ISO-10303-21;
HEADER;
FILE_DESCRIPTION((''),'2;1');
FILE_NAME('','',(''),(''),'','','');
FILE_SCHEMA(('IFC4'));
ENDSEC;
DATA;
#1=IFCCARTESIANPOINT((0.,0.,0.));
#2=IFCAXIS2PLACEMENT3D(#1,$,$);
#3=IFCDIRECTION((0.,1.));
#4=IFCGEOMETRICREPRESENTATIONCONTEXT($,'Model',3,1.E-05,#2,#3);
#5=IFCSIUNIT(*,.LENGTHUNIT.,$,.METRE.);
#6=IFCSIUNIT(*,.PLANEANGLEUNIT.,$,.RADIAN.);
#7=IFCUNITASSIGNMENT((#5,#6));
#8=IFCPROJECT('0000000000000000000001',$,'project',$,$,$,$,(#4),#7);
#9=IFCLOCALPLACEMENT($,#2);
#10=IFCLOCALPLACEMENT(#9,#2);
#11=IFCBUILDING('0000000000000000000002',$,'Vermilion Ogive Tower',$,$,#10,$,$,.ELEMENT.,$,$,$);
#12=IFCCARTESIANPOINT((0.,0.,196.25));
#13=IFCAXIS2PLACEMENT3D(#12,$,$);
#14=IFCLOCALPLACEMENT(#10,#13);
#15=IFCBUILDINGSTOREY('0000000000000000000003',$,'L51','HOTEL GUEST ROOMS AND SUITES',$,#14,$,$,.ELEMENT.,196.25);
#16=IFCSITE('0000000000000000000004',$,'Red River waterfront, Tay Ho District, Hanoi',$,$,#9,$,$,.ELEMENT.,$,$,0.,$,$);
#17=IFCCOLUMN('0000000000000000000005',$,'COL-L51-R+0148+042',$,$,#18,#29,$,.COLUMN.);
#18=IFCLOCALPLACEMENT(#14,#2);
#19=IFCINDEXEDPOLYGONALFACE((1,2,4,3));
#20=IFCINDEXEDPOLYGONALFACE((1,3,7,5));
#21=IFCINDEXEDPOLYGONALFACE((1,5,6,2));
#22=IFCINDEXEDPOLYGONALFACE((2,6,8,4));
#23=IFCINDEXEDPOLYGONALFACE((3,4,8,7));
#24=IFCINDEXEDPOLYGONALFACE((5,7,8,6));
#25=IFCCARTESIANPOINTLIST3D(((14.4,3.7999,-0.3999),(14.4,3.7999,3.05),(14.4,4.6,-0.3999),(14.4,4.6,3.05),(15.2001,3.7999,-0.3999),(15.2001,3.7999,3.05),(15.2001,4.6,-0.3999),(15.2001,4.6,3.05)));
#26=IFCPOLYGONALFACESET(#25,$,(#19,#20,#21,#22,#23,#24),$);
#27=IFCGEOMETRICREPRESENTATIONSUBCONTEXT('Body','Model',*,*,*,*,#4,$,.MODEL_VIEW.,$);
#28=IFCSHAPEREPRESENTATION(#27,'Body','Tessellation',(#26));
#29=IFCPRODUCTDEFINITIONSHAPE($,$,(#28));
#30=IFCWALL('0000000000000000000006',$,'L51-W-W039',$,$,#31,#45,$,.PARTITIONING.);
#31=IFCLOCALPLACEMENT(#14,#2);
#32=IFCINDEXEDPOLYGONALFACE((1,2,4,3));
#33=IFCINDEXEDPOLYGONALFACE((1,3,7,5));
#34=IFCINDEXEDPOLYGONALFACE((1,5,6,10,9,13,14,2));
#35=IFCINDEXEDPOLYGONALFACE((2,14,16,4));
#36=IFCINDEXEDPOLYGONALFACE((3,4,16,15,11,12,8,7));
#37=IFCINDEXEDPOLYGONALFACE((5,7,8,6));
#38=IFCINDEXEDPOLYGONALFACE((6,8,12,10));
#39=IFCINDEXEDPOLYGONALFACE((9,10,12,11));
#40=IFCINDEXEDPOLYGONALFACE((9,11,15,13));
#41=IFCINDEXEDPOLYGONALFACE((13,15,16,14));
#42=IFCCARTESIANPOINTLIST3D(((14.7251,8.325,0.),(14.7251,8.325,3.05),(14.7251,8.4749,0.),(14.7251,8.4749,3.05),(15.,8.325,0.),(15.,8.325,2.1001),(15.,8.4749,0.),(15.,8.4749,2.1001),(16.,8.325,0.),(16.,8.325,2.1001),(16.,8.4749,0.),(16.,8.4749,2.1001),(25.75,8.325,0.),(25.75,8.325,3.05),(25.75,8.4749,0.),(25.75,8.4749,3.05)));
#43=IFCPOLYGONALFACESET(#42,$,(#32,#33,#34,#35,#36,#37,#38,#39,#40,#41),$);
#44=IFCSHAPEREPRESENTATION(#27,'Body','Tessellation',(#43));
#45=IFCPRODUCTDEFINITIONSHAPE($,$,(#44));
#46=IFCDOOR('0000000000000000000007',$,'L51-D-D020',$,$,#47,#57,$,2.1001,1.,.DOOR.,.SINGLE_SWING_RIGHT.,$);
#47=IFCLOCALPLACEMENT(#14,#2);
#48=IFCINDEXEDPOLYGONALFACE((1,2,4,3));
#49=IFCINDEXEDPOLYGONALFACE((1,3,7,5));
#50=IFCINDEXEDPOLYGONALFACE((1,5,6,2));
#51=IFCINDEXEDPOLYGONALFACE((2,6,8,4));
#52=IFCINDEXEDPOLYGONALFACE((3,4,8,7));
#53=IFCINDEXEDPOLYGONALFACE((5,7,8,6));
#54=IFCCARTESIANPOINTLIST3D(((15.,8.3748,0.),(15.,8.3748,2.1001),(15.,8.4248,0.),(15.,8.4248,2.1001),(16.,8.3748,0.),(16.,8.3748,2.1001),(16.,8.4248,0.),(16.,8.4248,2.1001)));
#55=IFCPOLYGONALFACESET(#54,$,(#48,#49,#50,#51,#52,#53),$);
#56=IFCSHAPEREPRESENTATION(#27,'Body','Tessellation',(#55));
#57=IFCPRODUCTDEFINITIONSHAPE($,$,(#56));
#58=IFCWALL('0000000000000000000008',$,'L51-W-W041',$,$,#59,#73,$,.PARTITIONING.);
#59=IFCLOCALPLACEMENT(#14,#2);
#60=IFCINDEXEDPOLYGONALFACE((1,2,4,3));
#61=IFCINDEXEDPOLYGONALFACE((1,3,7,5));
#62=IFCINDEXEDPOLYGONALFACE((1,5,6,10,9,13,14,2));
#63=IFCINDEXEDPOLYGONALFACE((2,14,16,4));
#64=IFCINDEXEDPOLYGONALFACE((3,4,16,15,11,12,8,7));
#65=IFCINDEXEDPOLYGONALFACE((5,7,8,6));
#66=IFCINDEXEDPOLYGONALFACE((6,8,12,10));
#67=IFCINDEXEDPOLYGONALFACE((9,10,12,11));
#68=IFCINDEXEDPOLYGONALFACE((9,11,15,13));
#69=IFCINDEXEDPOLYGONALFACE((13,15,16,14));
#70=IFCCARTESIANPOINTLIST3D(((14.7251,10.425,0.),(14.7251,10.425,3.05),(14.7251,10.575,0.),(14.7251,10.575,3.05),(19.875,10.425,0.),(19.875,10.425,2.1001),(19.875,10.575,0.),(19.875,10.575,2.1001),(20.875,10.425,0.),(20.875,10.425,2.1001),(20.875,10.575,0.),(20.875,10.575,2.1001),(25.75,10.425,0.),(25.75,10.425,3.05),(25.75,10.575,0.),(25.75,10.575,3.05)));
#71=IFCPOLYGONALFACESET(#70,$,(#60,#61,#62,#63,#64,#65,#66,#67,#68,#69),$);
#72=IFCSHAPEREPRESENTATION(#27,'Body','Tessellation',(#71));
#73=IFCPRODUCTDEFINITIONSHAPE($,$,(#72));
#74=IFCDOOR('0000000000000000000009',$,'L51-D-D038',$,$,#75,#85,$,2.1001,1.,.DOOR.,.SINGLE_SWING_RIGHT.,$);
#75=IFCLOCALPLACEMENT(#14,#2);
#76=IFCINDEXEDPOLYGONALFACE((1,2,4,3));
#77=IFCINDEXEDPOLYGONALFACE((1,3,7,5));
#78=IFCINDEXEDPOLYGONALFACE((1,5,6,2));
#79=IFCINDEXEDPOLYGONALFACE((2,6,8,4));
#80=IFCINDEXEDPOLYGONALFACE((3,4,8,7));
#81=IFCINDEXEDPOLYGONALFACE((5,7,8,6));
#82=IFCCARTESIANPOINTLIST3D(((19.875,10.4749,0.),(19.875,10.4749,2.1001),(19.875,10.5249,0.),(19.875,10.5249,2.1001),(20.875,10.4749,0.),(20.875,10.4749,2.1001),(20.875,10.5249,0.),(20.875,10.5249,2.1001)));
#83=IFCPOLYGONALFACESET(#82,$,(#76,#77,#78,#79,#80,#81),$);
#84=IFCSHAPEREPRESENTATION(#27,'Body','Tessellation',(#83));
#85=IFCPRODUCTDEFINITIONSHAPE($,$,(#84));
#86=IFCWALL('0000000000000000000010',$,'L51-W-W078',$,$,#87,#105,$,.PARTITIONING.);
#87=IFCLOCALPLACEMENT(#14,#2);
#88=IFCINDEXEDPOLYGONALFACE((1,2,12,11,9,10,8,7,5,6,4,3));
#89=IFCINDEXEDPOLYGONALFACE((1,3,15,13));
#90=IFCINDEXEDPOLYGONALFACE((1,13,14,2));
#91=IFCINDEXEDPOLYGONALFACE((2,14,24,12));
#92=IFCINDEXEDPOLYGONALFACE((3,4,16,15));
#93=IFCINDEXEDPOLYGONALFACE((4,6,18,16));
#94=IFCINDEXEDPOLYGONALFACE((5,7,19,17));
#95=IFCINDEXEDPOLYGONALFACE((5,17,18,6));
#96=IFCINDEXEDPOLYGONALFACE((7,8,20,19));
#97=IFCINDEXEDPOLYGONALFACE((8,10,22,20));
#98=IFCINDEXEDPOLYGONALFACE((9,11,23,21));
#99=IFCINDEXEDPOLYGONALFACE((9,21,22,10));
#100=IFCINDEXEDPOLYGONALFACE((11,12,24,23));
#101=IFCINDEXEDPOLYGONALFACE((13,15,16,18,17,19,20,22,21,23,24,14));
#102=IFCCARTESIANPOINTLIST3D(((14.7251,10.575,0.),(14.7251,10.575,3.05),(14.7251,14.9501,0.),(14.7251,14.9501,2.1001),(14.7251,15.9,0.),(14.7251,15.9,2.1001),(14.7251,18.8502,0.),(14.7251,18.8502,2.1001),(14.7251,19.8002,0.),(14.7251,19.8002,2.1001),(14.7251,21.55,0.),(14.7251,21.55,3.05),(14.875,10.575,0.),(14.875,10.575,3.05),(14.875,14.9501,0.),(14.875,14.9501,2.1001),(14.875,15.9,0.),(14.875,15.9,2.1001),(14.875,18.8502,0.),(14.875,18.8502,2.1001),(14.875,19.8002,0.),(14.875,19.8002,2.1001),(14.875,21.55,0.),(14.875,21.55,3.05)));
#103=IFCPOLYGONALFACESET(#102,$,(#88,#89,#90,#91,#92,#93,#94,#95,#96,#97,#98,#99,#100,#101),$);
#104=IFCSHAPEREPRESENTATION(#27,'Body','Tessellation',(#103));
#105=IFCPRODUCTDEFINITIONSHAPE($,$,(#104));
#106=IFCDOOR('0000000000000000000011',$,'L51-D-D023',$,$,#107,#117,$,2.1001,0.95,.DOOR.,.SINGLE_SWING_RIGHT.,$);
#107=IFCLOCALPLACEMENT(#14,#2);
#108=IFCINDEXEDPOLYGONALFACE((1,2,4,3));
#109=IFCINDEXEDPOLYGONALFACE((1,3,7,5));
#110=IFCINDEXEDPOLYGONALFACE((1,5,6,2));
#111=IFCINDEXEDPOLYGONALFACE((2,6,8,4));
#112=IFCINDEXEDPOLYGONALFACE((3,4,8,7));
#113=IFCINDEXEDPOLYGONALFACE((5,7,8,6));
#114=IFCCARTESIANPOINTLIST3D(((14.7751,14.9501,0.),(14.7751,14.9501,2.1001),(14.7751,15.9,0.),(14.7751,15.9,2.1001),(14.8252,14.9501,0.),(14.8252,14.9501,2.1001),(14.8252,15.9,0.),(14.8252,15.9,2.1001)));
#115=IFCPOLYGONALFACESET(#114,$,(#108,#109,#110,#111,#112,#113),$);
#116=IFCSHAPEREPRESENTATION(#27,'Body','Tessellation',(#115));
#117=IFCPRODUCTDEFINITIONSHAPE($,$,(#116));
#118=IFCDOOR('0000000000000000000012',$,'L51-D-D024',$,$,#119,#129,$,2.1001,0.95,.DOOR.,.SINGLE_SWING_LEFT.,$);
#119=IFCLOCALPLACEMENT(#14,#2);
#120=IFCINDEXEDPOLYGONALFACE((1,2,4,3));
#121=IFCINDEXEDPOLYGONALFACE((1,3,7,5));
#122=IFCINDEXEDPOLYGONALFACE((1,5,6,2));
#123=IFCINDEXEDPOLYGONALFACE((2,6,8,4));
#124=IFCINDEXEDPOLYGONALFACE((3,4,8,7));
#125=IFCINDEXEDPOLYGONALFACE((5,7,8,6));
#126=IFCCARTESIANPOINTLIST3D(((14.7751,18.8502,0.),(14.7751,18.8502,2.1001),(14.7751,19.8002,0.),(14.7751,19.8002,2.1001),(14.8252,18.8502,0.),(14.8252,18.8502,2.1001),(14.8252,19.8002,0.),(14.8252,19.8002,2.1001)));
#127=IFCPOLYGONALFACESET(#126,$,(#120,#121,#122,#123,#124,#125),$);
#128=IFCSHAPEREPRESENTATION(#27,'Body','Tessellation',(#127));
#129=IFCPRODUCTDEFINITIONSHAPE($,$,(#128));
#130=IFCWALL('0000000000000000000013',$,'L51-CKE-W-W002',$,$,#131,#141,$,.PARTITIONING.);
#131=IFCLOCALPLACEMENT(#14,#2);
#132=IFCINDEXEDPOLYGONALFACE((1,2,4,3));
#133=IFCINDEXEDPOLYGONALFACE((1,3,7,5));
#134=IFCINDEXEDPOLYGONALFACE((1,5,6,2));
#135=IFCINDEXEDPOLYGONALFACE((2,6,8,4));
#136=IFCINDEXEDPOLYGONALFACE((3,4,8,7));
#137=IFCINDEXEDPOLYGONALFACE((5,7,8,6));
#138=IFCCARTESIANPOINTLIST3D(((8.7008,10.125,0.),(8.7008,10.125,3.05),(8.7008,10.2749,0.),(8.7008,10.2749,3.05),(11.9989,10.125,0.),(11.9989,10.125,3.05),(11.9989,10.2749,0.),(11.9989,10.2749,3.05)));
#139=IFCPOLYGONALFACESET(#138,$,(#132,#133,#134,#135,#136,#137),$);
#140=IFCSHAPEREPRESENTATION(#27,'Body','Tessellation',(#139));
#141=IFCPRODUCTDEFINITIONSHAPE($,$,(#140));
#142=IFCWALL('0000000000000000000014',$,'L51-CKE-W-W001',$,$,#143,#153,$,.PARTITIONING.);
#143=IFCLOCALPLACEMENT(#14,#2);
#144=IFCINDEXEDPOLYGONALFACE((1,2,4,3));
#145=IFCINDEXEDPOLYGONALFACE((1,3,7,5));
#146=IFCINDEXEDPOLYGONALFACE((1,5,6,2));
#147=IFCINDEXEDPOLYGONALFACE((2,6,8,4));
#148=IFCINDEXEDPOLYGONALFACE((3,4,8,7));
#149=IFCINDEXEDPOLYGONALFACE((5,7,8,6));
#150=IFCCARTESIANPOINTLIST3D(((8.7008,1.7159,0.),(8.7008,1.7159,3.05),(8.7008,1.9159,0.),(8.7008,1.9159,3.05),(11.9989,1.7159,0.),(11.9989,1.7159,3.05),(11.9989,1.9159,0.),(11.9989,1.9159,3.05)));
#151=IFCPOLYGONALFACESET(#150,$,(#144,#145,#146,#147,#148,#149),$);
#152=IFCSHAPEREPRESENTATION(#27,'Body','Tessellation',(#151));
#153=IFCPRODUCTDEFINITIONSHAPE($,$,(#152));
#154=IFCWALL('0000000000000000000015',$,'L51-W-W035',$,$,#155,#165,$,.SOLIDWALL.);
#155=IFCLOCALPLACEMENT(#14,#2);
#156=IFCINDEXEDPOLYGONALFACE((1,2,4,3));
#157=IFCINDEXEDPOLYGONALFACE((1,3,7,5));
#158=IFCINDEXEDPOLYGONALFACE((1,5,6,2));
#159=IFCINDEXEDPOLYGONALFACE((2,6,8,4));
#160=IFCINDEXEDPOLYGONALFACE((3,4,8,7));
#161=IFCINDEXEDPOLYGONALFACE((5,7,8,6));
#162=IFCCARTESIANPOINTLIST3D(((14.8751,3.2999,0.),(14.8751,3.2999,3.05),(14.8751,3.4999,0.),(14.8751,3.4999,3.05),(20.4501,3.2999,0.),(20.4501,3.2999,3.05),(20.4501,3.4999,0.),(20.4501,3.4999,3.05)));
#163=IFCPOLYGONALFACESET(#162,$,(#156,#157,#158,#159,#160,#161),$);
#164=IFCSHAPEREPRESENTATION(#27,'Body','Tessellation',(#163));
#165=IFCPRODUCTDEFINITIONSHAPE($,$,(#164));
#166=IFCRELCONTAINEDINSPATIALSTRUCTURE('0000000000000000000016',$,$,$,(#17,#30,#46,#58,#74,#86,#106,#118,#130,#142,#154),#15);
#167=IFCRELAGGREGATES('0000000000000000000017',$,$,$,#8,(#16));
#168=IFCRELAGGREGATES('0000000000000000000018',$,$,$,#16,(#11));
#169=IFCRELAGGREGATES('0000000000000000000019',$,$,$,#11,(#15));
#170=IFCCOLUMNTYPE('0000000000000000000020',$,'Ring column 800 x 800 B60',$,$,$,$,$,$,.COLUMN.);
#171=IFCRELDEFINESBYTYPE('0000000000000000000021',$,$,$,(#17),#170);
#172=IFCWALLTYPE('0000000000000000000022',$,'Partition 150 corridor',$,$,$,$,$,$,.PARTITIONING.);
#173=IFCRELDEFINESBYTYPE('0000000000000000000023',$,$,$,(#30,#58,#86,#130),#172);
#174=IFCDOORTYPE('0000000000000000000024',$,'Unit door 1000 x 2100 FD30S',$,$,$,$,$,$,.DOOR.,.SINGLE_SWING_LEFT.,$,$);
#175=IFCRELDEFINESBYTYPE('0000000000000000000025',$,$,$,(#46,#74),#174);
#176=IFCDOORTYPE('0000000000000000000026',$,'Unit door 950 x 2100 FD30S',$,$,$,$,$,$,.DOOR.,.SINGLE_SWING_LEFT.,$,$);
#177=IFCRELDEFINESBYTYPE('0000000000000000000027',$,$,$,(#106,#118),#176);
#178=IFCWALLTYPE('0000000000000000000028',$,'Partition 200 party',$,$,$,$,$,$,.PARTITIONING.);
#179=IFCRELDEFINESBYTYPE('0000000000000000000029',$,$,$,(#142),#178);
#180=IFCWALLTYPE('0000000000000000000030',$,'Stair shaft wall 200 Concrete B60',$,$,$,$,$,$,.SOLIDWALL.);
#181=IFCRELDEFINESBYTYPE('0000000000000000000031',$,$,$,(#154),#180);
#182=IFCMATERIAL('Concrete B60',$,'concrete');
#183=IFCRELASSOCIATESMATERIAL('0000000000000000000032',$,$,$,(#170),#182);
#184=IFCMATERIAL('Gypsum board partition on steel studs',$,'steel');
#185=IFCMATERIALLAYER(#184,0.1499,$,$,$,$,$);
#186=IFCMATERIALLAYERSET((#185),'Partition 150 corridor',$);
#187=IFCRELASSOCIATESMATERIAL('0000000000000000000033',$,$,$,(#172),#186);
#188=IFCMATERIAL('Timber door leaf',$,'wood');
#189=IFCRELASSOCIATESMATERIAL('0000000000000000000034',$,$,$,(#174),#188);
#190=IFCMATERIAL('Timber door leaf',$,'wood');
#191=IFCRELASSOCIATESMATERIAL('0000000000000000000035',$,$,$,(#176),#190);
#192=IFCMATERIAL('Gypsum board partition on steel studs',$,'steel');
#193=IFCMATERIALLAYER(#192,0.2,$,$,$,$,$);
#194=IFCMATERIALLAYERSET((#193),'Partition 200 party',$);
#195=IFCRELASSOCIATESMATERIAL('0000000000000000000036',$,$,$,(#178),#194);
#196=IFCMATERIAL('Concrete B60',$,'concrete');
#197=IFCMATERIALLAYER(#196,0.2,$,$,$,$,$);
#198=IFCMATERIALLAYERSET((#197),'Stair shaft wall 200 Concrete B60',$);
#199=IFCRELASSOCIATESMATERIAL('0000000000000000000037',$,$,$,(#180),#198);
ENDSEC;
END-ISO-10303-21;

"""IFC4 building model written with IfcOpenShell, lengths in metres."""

from ifc_helpers import new_model, si_unit, direction, frame, frame_2d, origin, origin_2d, place, context, subcontext, project, spatial, rectangle, extrude, material, layer, layer_set, material_profile, profile_set, type_object, element, fill, save


model = new_model("IFC4")

# Units and contexts
model_context = context("Model", 3, precision=1e-05, world=origin(), true_north=direction((0.0, 1.0)))
body_context = subcontext(model_context, "Body", "Model", "MODEL_VIEW")
ifc_project = project(units=[si_unit("LENGTHUNIT", "METRE"), si_unit("PLANEANGLEUNIT", "RADIAN")], contexts=[model_context])

# Site, building, storey
site_placement = place(None, origin())
site = spatial("IfcSite", under=ifc_project, at=site_placement, Name="Red River waterfront, Tay Ho District, Hanoi", CompositionType="ELEMENT", RefElevation=0.0)
building_placement = place(site_placement, origin())
building = spatial("IfcBuilding", under=site, at=building_placement, Name="Vermilion Ogive Tower", CompositionType="ELEMENT")
storey_placement = place(building_placement, frame((0.0, 0.0, 196.25)))
storey = spatial("IfcBuildingStorey", under=building, at=storey_placement, Name="L51", Description="HOTEL GUEST ROOMS AND SUITES", CompositionType="ELEMENT", Elevation=196.25)

# Column
ifc_material_1 = material(Name="Concrete B60", Category="concrete")
ifc_material_profile = material_profile(ifc_material_1, rectangle(XDim=0.8, YDim=0.8, at=origin_2d()), Name="800 x 800")
ifc_profile_set = profile_set([ifc_material_profile], Name="Concrete B60")
column_type = type_object("IfcColumnType", Name="Ring column 800 x 800 B60", PredefinedType="COLUMN", material=ifc_profile_set)
column_placement = place(storey_placement, frame((14.8, 4.2, -0.3999), z_axis=(0.0, 0.0, 1.0), x_axis=(1.0, 0.0, 0.0)))
element("IfcColumn", 1, at=column_placement, inside=storey, type_object=column_type, Name="COL-L51-R+0148+042", PredefinedType="COLUMN", context=body_context, shape_type="SweptSolid", body=[
    extrude(rectangle(XDim=0.8, YDim=0.8, at=origin_2d()), origin(), (0.0, 0.0, 1.0), 3.45),
])

# Walls, openings, doors
ifc_material_2 = material(Name="Gypsum board partition on steel studs", Category="steel")
ifc_layer_1 = layer(ifc_material_2, 0.1499)
ifc_layer_set_1 = layer_set([ifc_layer_1], Name="Partition 150 corridor")
wall_type_1 = type_object("IfcWallType", Name="Partition 150 corridor", PredefinedType="PARTITIONING", material=ifc_layer_set_1)
wall_1_placement = place(storey_placement, frame((14.7251, 8.3999, 0.0), z_axis=(0.0, 0.0, 1.0), x_axis=(1.0, 0.0, 0.0)))
wall_1 = element("IfcWall", 2, at=wall_1_placement, inside=storey, type_object=wall_type_1, Name="L51-W-W039", PredefinedType="PARTITIONING", context=body_context, shape_type="SweptSolid", body=[
    extrude(rectangle(XDim=11.0249, YDim=0.1499, at=frame_2d((5.5125, 0.0))), origin(), (0.0, 0.0, 1.0), 3.05),
])
opening_1_placement = place(wall_1_placement, frame((0.2749, 0.0, 0.0)))
opening_1 = element("IfcOpeningElement", 3, at=opening_1_placement, cuts=wall_1, PredefinedType="OPENING", context=body_context, shape_type="SweptSolid", body=[
    extrude(rectangle(XDim=1.0, YDim=2.1001, at=frame_2d((0.5, 1.05))), frame((0.0, 0.085, 0.0), z_axis=(0.0, -1.0, 0.0), x_axis=(1.0, 0.0, 0.0)), (0.0, 0.0, 1.0), 0.1699),
])
ifc_material_3 = material(Name="Timber door leaf", Category="wood")
door_type_1 = type_object("IfcDoorType", Name="Unit door 1000 x 2100 FD30S", OperationType="SINGLE_SWING_LEFT", PredefinedType="DOOR", material=ifc_material_3)
door_1_placement = place(opening_1_placement, origin())
door_1 = element("IfcDoor", 4, at=door_1_placement, inside=storey, type_object=door_type_1, Name="L51-D-D020", OperationType="SINGLE_SWING_RIGHT", OverallHeight=2.1001, OverallWidth=1.0, PredefinedType="DOOR", context=body_context, shape_type="SweptSolid", body=[
    extrude(rectangle(XDim=1.0, YDim=2.1001, at=frame_2d((0.5, 1.05))), frame((0.0, 0.0249, 0.0), z_axis=(0.0, -1.0, 0.0), x_axis=(1.0, 0.0, 0.0)), (0.0, 0.0, 1.0), 0.05),
])
fill(opening_1, door_1)
wall_2_placement = place(storey_placement, frame((14.7251, 10.5, 0.0), z_axis=(0.0, 0.0, 1.0), x_axis=(1.0, 0.0, 0.0)))
wall_2 = element("IfcWall", 5, at=wall_2_placement, inside=storey, type_object=wall_type_1, Name="L51-W-W041", PredefinedType="PARTITIONING", context=body_context, shape_type="SweptSolid", body=[
    extrude(rectangle(XDim=11.0249, YDim=0.1499, at=frame_2d((5.5125, 0.0))), origin(), (0.0, 0.0, 1.0), 3.05),
])
opening_2_placement = place(wall_2_placement, frame((5.1499, 0.0, 0.0)))
opening_2 = element("IfcOpeningElement", 6, at=opening_2_placement, cuts=wall_2, PredefinedType="OPENING", context=body_context, shape_type="SweptSolid", body=[
    extrude(rectangle(XDim=1.0, YDim=2.1001, at=frame_2d((0.5, 1.05))), frame((0.0, 0.085, 0.0), z_axis=(0.0, -1.0, 0.0), x_axis=(1.0, 0.0, 0.0)), (0.0, 0.0, 1.0), 0.1699),
])
door_2_placement = place(opening_2_placement, origin())
door_2 = element("IfcDoor", 7, at=door_2_placement, inside=storey, type_object=door_type_1, Name="L51-D-D038", OperationType="SINGLE_SWING_RIGHT", OverallHeight=2.1001, OverallWidth=1.0, PredefinedType="DOOR", context=body_context, shape_type="SweptSolid", body=[
    extrude(rectangle(XDim=1.0, YDim=2.1001, at=frame_2d((0.5, 1.05))), frame((0.0, 0.0249, 0.0), z_axis=(0.0, -1.0, 0.0), x_axis=(1.0, 0.0, 0.0)), (0.0, 0.0, 1.0), 0.05),
])
fill(opening_2, door_2)

# Wall, openings, doors
wall_3_placement = place(storey_placement, frame((14.8, 10.575, 0.0), z_axis=(0.0, 0.0, 1.0), x_axis=(0.0, 1.0, 0.0)))
wall_3 = element("IfcWall", 8, at=wall_3_placement, inside=storey, type_object=wall_type_1, Name="L51-W-W078", PredefinedType="PARTITIONING", context=body_context, shape_type="SweptSolid", body=[
    extrude(rectangle(XDim=10.9751, YDim=0.1499, at=frame_2d((5.4875, 0.0))), origin(), (0.0, 0.0, 1.0), 3.05),
])
opening_3_placement = place(wall_3_placement, frame((4.375, 0.0, 0.0)))
opening_3 = element("IfcOpeningElement", 9, at=opening_3_placement, cuts=wall_3, PredefinedType="OPENING", context=body_context, shape_type="SweptSolid", body=[
    extrude(rectangle(XDim=0.95, YDim=2.1001, at=frame_2d((0.4751, 1.05))), frame((0.0, 0.085, 0.0), z_axis=(0.0, -1.0, 0.0), x_axis=(1.0, 0.0, 0.0)), (0.0, 0.0, 1.0), 0.1699),
])
opening_4_placement = place(wall_3_placement, frame((8.2751, 0.0, 0.0)))
opening_4 = element("IfcOpeningElement", 10, at=opening_4_placement, cuts=wall_3, PredefinedType="OPENING", context=body_context, shape_type="SweptSolid", body=[
    extrude(rectangle(XDim=0.95, YDim=2.1001, at=frame_2d((0.4751, 1.05))), frame((0.0, 0.085, 0.0), z_axis=(0.0, -1.0, 0.0), x_axis=(1.0, 0.0, 0.0)), (0.0, 0.0, 1.0), 0.1699),
])
ifc_material_4 = material(Name="Timber door leaf", Category="wood")
door_type_2 = type_object("IfcDoorType", Name="Unit door 950 x 2100 FD30S", OperationType="SINGLE_SWING_LEFT", PredefinedType="DOOR", material=ifc_material_4)
door_3_placement = place(opening_3_placement, origin())
door_3 = element("IfcDoor", 11, at=door_3_placement, inside=storey, type_object=door_type_2, Name="L51-D-D023", OperationType="SINGLE_SWING_RIGHT", OverallHeight=2.1001, OverallWidth=0.95, PredefinedType="DOOR", context=body_context, shape_type="SweptSolid", body=[
    extrude(rectangle(XDim=0.95, YDim=2.1001, at=frame_2d((0.4751, 1.05))), frame((0.0, 0.0249, 0.0), z_axis=(0.0, -1.0, 0.0), x_axis=(1.0, 0.0, 0.0)), (0.0, 0.0, 1.0), 0.05),
])
fill(opening_3, door_3)
door_4_placement = place(opening_4_placement, origin())
door_4 = element("IfcDoor", 12, at=door_4_placement, inside=storey, type_object=door_type_2, Name="L51-D-D024", OperationType="SINGLE_SWING_LEFT", OverallHeight=2.1001, OverallWidth=0.95, PredefinedType="DOOR", context=body_context, shape_type="SweptSolid", body=[
    extrude(rectangle(XDim=0.95, YDim=2.1001, at=frame_2d((0.4751, 1.05))), frame((0.0, 0.0249, 0.0), z_axis=(0.0, -1.0, 0.0), x_axis=(1.0, 0.0, 0.0)), (0.0, 0.0, 1.0), 0.05),
])
fill(opening_4, door_4)

# Walls
wall_4_placement = place(storey_placement, frame((8.7009, 10.2, 0.0), z_axis=(0.0, 0.0, 1.0), x_axis=(1.0, 0.0, 0.0)))
element("IfcWall", 13, at=wall_4_placement, inside=storey, type_object=wall_type_1, Name="L51-CKE-W-W002", PredefinedType="PARTITIONING", context=body_context, shape_type="SweptSolid", body=[
    extrude(rectangle(XDim=3.2981, YDim=0.1499, at=frame_2d((1.6489, 0.0))), origin(), (0.0, 0.0, 1.0), 3.05),
])
ifc_material_5 = material(Name="Gypsum board partition on steel studs", Category="steel")
ifc_layer_2 = layer(ifc_material_5, 0.2)
ifc_layer_set_2 = layer_set([ifc_layer_2], Name="Partition 200 party")
wall_type_2 = type_object("IfcWallType", Name="Partition 200 party", PredefinedType="PARTITIONING", material=ifc_layer_set_2)
wall_5_placement = place(storey_placement, frame((8.7009, 1.8159, 0.0), z_axis=(0.0, 0.0, 1.0), x_axis=(1.0, 0.0, 0.0)))
element("IfcWall", 14, at=wall_5_placement, inside=storey, type_object=wall_type_2, Name="L51-CKE-W-W001", PredefinedType="PARTITIONING", context=body_context, shape_type="SweptSolid", body=[
    extrude(rectangle(XDim=3.2981, YDim=0.2, at=frame_2d((1.6489, 0.0))), origin(), (0.0, 0.0, 1.0), 3.05),
])
ifc_material_6 = material(Name="Concrete B60", Category="concrete")
ifc_layer_3 = layer(ifc_material_6, 0.2)
ifc_layer_set_3 = layer_set([ifc_layer_3], Name="Stair shaft wall 200 Concrete B60")
wall_type_3 = type_object("IfcWallType", Name="Stair shaft wall 200 Concrete B60", PredefinedType="SOLIDWALL", material=ifc_layer_set_3)
wall_6_placement = place(storey_placement, frame((14.875, 3.3999, 0.0), z_axis=(0.0, 0.0, 1.0), x_axis=(1.0, 0.0, 0.0)))
element("IfcWall", 15, at=wall_6_placement, inside=storey, type_object=wall_type_3, Name="L51-W-W035", PredefinedType="SOLIDWALL", context=body_context, shape_type="SweptSolid", body=[
    extrude(rectangle(XDim=5.575, YDim=0.2, at=frame_2d((2.7876, 0.0))), origin(), (0.0, 0.0, 1.0), 3.05),
])

save(model, "model.ifc")
